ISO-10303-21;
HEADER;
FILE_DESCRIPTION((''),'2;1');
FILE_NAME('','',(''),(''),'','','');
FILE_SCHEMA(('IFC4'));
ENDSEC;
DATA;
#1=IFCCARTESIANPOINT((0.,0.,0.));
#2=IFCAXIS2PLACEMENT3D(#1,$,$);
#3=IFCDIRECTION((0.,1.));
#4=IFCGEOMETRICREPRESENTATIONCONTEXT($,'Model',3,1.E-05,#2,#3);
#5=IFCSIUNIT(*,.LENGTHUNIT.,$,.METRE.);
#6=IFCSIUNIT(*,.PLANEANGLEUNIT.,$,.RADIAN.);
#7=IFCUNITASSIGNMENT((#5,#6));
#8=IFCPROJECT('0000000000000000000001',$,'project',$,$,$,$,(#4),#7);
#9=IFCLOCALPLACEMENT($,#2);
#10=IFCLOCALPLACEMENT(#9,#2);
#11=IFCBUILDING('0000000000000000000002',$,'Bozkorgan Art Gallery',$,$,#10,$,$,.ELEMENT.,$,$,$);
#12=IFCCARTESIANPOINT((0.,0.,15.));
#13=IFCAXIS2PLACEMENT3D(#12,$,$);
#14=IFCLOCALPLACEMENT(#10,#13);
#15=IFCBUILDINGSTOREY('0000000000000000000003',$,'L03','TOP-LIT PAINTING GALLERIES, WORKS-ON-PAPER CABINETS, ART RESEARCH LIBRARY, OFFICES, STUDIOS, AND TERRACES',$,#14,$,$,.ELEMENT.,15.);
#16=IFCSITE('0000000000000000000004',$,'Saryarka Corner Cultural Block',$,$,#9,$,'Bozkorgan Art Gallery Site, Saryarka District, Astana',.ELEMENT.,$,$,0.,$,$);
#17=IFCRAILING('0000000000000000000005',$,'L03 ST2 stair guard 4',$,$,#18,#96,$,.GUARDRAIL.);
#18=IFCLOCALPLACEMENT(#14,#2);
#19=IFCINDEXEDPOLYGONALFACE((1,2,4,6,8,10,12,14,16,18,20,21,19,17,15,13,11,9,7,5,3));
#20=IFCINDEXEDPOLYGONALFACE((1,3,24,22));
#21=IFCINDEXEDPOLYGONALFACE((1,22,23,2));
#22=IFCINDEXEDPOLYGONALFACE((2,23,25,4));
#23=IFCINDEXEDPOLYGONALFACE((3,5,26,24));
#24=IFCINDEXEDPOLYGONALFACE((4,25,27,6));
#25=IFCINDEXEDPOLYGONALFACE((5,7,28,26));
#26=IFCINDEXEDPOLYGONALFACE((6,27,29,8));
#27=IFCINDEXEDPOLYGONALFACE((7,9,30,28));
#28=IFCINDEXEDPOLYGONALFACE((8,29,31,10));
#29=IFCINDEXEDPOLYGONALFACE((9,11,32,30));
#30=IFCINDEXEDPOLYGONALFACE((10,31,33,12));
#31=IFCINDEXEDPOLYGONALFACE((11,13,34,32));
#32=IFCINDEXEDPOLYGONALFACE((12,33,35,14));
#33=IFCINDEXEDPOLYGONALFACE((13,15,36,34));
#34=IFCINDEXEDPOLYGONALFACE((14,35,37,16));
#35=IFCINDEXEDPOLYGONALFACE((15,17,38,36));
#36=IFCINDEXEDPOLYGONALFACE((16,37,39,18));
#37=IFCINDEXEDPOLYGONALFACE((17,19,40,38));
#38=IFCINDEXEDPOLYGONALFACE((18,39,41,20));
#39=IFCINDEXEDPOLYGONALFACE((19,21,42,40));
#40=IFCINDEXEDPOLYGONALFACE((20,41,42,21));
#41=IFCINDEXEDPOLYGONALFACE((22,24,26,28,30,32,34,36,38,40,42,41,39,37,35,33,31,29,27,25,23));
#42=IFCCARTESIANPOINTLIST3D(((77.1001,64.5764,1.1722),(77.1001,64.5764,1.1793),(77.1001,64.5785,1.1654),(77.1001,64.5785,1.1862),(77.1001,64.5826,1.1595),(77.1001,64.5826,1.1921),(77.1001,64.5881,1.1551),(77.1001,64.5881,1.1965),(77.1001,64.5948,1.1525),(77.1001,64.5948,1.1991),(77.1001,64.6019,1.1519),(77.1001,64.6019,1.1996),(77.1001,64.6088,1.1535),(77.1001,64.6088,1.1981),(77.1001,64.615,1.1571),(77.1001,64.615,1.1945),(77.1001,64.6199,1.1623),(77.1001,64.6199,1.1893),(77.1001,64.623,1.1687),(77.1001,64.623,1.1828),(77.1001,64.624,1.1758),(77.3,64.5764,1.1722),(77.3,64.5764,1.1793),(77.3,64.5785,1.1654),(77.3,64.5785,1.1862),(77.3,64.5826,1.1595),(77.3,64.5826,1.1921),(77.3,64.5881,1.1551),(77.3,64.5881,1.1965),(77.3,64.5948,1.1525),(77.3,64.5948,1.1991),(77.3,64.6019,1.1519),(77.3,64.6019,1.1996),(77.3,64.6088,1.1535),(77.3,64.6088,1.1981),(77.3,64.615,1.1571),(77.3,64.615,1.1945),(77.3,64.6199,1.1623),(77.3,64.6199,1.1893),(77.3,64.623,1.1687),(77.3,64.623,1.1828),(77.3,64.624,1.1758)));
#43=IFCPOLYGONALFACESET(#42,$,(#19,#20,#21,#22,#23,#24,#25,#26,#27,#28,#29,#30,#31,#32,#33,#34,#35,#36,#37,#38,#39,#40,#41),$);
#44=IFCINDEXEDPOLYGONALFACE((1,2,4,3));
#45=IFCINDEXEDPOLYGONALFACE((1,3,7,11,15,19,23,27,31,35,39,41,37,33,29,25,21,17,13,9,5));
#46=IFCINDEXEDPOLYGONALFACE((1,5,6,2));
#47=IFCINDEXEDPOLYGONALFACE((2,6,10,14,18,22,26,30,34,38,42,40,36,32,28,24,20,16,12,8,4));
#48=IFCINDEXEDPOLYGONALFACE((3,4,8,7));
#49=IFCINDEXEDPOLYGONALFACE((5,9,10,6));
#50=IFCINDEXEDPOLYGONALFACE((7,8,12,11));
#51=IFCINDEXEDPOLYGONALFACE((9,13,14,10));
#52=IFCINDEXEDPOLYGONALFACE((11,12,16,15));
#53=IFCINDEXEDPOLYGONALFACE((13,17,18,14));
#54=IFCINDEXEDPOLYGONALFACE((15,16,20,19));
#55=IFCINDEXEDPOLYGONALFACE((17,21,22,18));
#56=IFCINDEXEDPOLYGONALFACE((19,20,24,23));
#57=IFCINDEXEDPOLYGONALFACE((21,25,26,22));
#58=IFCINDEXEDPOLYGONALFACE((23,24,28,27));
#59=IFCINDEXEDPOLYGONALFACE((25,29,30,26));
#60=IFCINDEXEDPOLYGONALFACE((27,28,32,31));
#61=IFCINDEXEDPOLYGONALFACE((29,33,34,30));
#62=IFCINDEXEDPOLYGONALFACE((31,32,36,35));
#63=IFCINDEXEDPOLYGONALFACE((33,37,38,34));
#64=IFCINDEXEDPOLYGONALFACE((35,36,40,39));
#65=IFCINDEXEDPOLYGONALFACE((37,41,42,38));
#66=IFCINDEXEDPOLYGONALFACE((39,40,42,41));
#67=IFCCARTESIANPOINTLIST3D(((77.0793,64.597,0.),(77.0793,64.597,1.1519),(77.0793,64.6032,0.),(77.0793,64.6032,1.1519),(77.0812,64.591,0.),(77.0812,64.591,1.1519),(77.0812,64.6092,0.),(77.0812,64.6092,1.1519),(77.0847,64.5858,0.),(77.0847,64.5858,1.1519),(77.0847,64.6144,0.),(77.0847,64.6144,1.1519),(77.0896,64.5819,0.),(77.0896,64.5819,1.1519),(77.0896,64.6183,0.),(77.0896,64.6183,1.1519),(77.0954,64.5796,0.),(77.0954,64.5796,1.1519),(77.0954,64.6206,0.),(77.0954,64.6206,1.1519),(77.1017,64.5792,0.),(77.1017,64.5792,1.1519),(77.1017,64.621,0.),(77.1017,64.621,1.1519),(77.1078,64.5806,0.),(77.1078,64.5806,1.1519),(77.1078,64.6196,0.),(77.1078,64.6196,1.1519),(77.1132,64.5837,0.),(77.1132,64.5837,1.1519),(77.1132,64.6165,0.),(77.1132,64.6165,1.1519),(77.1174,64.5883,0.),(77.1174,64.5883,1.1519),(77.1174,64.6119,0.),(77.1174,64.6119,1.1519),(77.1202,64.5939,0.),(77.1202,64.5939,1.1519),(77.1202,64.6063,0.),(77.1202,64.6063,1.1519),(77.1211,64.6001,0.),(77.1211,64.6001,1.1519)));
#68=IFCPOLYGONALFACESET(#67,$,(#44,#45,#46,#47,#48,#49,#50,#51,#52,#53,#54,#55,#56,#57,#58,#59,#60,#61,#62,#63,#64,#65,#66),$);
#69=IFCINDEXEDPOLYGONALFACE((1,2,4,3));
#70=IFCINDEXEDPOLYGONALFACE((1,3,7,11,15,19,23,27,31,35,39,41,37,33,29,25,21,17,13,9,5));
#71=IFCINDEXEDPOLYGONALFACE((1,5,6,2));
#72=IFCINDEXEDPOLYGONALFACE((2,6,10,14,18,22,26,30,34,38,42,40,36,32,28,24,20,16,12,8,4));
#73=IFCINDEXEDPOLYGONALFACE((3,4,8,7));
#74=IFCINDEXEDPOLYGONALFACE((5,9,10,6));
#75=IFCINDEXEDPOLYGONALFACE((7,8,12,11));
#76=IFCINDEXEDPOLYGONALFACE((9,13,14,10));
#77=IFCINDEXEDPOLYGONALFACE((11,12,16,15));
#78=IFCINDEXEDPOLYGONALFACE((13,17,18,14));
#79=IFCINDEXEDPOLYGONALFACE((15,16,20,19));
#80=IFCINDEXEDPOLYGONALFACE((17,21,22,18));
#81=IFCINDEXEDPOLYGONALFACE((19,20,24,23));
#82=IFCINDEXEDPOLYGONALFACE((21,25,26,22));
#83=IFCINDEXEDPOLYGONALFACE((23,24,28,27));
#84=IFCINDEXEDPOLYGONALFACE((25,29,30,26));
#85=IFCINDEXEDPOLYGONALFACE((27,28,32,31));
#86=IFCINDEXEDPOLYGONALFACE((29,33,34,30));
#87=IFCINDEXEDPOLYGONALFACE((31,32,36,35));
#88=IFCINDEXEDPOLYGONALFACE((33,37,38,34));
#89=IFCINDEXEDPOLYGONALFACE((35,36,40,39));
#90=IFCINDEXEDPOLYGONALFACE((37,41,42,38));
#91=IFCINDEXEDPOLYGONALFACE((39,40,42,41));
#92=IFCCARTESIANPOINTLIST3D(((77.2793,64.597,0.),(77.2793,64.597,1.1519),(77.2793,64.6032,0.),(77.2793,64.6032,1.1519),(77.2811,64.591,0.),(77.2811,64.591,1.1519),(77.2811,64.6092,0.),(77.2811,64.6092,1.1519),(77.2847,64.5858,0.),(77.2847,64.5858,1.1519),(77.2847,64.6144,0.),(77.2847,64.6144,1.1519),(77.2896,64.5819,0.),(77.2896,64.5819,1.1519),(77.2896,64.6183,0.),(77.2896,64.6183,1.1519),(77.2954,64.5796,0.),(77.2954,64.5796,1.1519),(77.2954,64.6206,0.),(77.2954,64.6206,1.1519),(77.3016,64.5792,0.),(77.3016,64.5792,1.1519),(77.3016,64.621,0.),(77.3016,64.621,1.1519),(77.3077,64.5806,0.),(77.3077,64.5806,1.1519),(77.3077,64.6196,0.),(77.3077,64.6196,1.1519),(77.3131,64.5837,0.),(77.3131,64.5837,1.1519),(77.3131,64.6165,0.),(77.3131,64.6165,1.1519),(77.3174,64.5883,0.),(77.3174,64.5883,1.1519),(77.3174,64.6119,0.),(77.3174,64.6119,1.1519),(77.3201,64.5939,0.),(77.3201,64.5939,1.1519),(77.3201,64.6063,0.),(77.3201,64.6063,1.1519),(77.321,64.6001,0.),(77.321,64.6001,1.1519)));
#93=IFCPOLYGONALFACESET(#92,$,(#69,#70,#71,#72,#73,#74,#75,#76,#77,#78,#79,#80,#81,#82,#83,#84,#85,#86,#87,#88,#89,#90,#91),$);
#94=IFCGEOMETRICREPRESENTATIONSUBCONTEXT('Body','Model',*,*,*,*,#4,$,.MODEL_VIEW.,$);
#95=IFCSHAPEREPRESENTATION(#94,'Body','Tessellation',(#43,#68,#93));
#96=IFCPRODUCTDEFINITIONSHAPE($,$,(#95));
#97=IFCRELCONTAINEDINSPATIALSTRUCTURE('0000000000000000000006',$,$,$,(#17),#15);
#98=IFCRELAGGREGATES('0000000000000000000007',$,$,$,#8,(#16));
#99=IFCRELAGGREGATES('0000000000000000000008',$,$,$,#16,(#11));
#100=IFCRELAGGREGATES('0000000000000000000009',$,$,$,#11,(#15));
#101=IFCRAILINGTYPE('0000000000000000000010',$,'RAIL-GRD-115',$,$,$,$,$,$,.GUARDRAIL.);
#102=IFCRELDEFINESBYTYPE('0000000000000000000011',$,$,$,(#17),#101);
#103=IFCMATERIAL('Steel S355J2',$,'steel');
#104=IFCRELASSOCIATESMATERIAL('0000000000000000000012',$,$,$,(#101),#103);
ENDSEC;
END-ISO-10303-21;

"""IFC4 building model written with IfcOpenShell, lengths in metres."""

from ifc_helpers import new_model, si_unit, direction, frame, origin, origin_2d, place, context, subcontext, project, spatial, circle, extrude, material, type_object, element, save


model = new_model("IFC4")

# Units and contexts
model_context = context("Model", 3, precision=1e-05, world=origin(), true_north=direction((0.0, 1.0)))
body_context = subcontext(model_context, "Body", "Model", "MODEL_VIEW")
ifc_project = project(units=[si_unit("LENGTHUNIT", "METRE"), si_unit("PLANEANGLEUNIT", "RADIAN")], contexts=[model_context])

# Site, building, storey
site_placement = place(None, origin())
site = spatial("IfcSite", under=ifc_project, at=site_placement, Name="Saryarka Corner Cultural Block", LongName="Bozkorgan Art Gallery Site, Saryarka District, Astana", CompositionType="ELEMENT", RefElevation=0.0)
building_placement = place(site_placement, origin())
building = spatial("IfcBuilding", under=site, at=building_placement, Name="Bozkorgan Art Gallery", CompositionType="ELEMENT")
storey_placement = place(building_placement, frame((0.0, 0.0, 15.0)))
storey = spatial("IfcBuildingStorey", under=building, at=storey_placement, Name="L03", Description="TOP-LIT PAINTING GALLERIES, WORKS-ON-PAPER CABINETS, ART RESEARCH LIBRARY, OFFICES, STUDIOS, AND TERRACES", CompositionType="ELEMENT", Elevation=15.0)

# Railing
ifc_material_1 = material(Name="Steel S355J2", Category="steel")
railing_type_1 = type_object("IfcRailingType", Name="RAIL-GRD-115", PredefinedType="GUARDRAIL", material=ifc_material_1)
railing_1_placement = place(storey_placement, frame((77.1001, 64.6001, 0.0)))
element("IfcRailing", 1, at=railing_1_placement, inside=storey, type_object=railing_type_1, Name="L03 ST2 stair guard 4", PredefinedType="GUARDRAIL", context=body_context, shape_type="SweptSolid", body=[
    extrude(circle(Radius=0.0239, at=origin_2d()), frame((0.0, 0.0, 1.1758), z_axis=(1.0, 0.0, 0.0), x_axis=(0.0, 1.0, 0.0)), (0.0, 0.0, 1.0), 0.2),
    extrude(circle(Radius=0.021, at=origin_2d()), origin(), (0.0, 0.0, 1.0), 1.1519),
    extrude(circle(Radius=0.021, at=origin_2d()), frame((0.2, 0.0, 0.0)), (0.0, 0.0, 1.0), 1.1519),
])

save(model, "model.ifc")
